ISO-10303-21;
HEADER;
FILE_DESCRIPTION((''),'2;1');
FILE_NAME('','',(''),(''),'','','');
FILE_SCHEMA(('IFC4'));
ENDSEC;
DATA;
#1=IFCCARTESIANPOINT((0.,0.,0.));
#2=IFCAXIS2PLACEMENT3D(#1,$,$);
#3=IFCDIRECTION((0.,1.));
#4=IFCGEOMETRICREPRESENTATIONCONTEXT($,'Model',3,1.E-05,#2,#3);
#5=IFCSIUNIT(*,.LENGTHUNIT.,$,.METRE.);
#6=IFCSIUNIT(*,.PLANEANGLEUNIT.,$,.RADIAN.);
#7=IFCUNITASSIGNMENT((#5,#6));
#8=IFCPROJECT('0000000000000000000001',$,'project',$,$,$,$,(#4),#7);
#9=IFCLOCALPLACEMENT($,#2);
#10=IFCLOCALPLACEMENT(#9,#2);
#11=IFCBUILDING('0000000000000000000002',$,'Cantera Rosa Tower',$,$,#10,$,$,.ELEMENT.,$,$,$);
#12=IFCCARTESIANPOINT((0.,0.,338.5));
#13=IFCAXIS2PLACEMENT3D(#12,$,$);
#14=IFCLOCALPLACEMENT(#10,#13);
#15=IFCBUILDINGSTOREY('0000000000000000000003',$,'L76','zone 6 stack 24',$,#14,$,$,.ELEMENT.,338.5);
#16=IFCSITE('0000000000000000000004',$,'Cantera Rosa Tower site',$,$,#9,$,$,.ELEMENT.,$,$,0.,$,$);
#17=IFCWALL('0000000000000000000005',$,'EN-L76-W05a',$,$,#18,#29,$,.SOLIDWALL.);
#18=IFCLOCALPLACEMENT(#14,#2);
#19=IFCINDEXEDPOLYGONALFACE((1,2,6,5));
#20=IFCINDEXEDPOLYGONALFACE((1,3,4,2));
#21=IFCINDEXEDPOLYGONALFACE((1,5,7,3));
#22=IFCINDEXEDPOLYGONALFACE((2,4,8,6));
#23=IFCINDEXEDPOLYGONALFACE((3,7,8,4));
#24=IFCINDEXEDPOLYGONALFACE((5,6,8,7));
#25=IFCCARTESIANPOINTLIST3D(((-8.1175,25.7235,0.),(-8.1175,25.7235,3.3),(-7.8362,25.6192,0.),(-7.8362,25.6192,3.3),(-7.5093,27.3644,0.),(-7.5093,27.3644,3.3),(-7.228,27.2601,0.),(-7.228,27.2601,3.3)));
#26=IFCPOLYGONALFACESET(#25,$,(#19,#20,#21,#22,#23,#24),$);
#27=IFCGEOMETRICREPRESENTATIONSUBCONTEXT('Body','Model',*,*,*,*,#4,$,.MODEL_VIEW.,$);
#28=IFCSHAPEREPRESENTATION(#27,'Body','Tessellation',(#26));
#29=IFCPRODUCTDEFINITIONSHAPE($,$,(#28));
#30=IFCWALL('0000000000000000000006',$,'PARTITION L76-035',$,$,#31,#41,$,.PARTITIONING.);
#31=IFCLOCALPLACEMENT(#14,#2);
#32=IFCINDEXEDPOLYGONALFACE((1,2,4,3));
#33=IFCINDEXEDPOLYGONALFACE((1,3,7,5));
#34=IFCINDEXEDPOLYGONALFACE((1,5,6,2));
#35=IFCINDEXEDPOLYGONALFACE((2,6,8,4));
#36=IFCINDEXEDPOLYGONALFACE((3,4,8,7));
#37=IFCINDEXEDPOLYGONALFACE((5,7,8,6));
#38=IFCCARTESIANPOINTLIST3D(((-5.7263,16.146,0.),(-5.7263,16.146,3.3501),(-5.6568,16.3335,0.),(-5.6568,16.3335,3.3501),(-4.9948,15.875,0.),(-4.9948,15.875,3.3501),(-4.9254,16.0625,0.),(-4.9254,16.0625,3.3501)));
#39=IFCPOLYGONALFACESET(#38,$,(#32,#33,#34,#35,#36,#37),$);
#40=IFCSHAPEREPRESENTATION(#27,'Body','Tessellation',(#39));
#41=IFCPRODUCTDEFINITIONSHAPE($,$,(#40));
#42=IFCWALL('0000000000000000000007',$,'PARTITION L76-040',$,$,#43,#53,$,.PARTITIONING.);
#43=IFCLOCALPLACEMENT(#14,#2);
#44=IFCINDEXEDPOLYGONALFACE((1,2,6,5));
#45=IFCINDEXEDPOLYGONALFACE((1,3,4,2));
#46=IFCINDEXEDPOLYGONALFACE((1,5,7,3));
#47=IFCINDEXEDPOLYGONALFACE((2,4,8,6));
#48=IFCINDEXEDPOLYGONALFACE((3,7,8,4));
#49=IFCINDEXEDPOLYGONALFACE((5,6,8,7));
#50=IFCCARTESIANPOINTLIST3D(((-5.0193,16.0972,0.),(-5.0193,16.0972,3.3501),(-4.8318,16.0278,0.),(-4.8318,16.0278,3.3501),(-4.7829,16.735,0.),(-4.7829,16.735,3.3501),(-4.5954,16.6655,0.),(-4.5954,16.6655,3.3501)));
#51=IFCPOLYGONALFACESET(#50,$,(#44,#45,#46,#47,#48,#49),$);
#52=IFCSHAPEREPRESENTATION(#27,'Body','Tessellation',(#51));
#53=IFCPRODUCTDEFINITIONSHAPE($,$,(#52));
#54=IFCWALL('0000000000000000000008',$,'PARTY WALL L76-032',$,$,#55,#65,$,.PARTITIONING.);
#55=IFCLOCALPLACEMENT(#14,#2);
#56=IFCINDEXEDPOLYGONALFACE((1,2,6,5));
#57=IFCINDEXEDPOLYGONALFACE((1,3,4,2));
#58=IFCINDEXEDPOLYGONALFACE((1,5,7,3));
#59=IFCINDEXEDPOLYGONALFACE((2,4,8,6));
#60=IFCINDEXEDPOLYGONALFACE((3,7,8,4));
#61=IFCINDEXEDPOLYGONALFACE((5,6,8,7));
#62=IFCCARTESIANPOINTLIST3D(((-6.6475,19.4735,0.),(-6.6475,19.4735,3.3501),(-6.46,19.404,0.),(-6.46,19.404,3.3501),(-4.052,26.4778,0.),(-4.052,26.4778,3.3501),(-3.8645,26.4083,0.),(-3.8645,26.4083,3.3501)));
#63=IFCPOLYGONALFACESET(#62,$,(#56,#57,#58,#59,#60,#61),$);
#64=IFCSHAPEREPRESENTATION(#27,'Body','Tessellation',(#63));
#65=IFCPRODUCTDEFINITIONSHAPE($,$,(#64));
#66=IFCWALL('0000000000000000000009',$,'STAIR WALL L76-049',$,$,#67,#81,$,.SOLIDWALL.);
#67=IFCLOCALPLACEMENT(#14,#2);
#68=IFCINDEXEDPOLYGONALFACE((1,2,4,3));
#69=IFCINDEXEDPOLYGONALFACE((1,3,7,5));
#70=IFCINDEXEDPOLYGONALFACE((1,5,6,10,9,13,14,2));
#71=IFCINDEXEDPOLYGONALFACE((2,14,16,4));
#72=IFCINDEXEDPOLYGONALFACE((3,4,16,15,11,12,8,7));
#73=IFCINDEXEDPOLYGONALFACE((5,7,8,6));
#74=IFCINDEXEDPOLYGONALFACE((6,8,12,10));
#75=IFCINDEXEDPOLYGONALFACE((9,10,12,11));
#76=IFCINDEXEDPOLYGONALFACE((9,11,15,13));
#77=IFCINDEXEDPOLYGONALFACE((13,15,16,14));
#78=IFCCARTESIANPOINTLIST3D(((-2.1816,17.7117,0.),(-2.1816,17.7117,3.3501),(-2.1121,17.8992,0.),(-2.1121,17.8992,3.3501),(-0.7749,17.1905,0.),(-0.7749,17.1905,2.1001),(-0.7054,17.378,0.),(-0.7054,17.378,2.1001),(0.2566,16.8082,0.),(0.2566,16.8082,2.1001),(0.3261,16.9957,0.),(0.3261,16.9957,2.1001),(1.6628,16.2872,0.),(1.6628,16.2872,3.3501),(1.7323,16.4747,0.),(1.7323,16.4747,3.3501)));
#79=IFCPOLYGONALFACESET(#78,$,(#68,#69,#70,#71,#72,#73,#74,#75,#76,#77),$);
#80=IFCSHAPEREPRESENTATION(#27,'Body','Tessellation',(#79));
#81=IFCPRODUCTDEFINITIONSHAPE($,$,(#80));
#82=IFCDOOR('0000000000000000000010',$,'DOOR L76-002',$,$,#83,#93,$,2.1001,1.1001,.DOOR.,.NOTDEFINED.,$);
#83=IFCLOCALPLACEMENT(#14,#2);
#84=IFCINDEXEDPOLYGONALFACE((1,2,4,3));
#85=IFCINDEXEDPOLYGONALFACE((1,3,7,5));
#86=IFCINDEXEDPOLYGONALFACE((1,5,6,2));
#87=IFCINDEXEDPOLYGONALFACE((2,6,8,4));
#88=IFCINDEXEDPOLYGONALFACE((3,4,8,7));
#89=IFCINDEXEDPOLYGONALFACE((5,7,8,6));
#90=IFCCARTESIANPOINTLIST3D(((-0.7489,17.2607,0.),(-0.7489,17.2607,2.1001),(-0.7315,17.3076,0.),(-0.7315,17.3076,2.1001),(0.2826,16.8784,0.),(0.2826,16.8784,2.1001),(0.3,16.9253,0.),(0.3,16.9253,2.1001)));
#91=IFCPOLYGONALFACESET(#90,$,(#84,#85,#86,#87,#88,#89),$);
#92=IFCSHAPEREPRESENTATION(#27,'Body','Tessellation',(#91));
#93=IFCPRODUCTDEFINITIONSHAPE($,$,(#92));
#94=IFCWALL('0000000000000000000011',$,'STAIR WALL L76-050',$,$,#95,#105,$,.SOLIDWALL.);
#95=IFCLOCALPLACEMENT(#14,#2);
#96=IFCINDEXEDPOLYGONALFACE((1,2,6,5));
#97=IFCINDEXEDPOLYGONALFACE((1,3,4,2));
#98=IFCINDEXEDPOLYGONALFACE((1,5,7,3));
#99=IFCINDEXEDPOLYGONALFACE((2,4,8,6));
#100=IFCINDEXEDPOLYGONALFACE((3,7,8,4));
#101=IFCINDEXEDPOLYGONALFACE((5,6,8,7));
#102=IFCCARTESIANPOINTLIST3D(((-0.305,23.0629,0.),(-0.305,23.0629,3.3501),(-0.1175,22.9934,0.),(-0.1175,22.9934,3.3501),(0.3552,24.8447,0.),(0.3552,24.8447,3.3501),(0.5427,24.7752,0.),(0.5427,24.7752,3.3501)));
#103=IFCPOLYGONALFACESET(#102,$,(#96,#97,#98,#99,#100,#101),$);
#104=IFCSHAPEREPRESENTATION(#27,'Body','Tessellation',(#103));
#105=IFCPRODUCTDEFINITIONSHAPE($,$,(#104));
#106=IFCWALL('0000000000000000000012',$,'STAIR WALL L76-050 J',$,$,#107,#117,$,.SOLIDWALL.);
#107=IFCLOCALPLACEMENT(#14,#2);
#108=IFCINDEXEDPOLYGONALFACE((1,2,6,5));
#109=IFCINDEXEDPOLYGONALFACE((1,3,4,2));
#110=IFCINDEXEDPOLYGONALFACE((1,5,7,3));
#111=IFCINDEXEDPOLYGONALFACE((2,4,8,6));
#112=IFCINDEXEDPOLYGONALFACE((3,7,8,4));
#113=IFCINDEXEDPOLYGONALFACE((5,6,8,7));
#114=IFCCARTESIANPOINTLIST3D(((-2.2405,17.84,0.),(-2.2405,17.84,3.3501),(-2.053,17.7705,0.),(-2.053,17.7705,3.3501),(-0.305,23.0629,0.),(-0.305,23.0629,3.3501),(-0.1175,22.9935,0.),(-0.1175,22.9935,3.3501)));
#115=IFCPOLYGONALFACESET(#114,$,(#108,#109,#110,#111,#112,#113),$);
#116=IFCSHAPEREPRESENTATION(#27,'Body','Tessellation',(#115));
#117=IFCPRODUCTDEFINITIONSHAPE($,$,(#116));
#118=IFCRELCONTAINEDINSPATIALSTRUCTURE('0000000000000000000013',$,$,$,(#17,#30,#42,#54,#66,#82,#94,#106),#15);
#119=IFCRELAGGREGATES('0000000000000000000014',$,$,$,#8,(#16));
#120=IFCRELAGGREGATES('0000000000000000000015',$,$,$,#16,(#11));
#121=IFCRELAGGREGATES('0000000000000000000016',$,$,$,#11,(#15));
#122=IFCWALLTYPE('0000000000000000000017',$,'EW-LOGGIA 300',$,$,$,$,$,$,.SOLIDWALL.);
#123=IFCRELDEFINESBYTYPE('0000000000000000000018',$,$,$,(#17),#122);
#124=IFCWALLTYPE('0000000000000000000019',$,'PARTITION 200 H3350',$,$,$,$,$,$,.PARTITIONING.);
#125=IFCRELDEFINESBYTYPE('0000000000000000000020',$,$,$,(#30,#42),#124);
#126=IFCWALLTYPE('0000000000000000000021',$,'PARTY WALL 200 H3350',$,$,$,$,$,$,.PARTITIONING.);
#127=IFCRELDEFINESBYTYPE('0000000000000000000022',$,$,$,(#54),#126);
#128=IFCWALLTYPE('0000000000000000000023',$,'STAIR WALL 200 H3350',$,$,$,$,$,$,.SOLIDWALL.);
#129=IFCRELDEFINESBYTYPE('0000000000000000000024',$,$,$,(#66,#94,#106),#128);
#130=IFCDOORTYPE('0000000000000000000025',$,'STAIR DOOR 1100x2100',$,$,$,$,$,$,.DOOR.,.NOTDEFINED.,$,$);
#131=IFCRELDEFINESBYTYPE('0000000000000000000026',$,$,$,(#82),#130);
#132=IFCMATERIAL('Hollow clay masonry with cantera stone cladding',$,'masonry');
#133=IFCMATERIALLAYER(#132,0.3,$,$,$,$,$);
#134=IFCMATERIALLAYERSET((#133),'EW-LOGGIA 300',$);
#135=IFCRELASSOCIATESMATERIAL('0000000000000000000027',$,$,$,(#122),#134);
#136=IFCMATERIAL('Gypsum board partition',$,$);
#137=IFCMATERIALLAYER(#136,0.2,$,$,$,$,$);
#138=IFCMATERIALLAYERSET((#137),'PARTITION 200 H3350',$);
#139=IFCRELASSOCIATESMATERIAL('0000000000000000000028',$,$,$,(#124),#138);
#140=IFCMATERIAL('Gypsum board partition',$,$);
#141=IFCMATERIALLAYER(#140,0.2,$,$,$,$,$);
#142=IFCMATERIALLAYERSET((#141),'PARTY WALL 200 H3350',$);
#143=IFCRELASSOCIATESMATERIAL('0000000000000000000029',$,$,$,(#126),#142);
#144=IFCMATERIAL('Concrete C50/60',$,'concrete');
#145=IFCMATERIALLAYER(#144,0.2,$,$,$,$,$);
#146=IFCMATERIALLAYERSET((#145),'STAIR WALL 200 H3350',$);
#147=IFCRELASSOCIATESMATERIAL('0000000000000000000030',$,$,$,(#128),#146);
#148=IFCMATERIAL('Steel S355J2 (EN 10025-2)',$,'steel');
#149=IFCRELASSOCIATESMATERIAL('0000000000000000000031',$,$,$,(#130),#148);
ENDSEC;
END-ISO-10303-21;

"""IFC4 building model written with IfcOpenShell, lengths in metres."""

from ifc_helpers import new_model, si_unit, direction, frame, frame_2d, origin, place, context, subcontext, project, spatial, rectangle, extrude, material, layer, layer_set, type_object, element, fill, save


model = new_model("IFC4")

# Units and contexts
model_context = context("Model", 3, precision=1e-05, world=origin(), true_north=direction((0.0, 1.0)))
body_context = subcontext(model_context, "Body", "Model", "MODEL_VIEW")
ifc_project = project(units=[si_unit("LENGTHUNIT", "METRE"), si_unit("PLANEANGLEUNIT", "RADIAN")], contexts=[model_context])

# Site, building, storey
site_placement = place(None, origin())
site = spatial("IfcSite", under=ifc_project, at=site_placement, Name="Cantera Rosa Tower site", CompositionType="ELEMENT", RefElevation=0.0)
building_placement = place(site_placement, origin())
building = spatial("IfcBuilding", under=site, at=building_placement, Name="Cantera Rosa Tower", CompositionType="ELEMENT")
storey_placement = place(building_placement, frame((0.0, 0.0, 338.5)))
storey = spatial("IfcBuildingStorey", under=building, at=storey_placement, Name="L76", Description="zone 6 stack 24", CompositionType="ELEMENT", Elevation=338.5)

# Wall
ifc_material_1 = material(Name="Hollow clay masonry with cantera stone cladding", Category="masonry")
ifc_layer_1 = layer(ifc_material_1, 0.3)
ifc_layer_set_1 = layer_set([ifc_layer_1], Name="EW-LOGGIA 300")
wall_type_1 = type_object("IfcWallType", Name="EW-LOGGIA 300", PredefinedType="SOLIDWALL", material=ifc_layer_set_1)
wall_1_placement = place(storey_placement, frame((-7.3687, 27.3123, 0.0), z_axis=(0.0, 0.0, 1.0), x_axis=(-0.347528, -0.93767, 0.0)))
element("IfcWall", 1, at=wall_1_placement, inside=storey, type_object=wall_type_1, Name="EN-L76-W05a", PredefinedType="SOLIDWALL", context=body_context, shape_type="SweptSolid", body=[
    extrude(rectangle(XDim=1.75, YDim=0.3, at=frame_2d((0.875, 0.0))), origin(), (0.0, 0.0, 1.0), 3.3),
])

# Walls
ifc_material_2 = material(Name="Gypsum board partition")
ifc_layer_2 = layer(ifc_material_2, 0.2)
ifc_layer_set_2 = layer_set([ifc_layer_2], Name="PARTITION 200 H3350")
wall_type_2 = type_object("IfcWallType", Name="PARTITION 200 H3350", PredefinedType="PARTITIONING", material=ifc_layer_set_2)
wall_2_placement = place(storey_placement, frame((-5.6917, 16.2397, 0.0), z_axis=(0.0, 0.0, 1.0), x_axis=(0.937711, -0.347416, 0.0)))
element("IfcWall", 2, at=wall_2_placement, inside=storey, type_object=wall_type_2, Name="PARTITION L76-035", PredefinedType="PARTITIONING", context=body_context, shape_type="SweptSolid", body=[
    extrude(rectangle(XDim=0.78, YDim=0.2, at=frame_2d((0.3901, 0.0))), origin(), (0.0, 0.0, 1.0), 3.3501),
])
wall_3_placement = place(storey_placement, frame((-4.9255, 16.0625, 0.0), z_axis=(0.0, 0.0, 1.0), x_axis=(0.347501, 0.937679, 0.0)))
element("IfcWall", 3, at=wall_3_placement, inside=storey, type_object=wall_type_2, Name="PARTITION L76-040", PredefinedType="PARTITIONING", context=body_context, shape_type="SweptSolid", body=[
    extrude(rectangle(XDim=0.6802, YDim=0.2, at=frame_2d((0.3401, 0.0))), origin(), (0.0, 0.0, 1.0), 3.3501),
])
ifc_material_3 = material(Name="Gypsum board partition")
ifc_layer_3 = layer(ifc_material_3, 0.2)
ifc_layer_set_3 = layer_set([ifc_layer_3], Name="PARTY WALL 200 H3350")
wall_type_3 = type_object("IfcWallType", Name="PARTY WALL 200 H3350", PredefinedType="PARTITIONING", material=ifc_layer_set_3)
wall_4_placement = place(storey_placement, frame((-6.5537, 19.4387, 0.0), z_axis=(0.0, 0.0, 1.0), x_axis=(0.34746, 0.937695, 0.0)))
element("IfcWall", 4, at=wall_4_placement, inside=storey, type_object=wall_type_3, Name="PARTY WALL L76-032", PredefinedType="PARTITIONING", context=body_context, shape_type="SweptSolid", body=[
    extrude(rectangle(XDim=7.4697, YDim=0.2, at=frame_2d((3.7349, 0.0))), origin(), (0.0, 0.0, 1.0), 3.3501),
])

# Wall, opening, door
ifc_material_4 = material(Name="Concrete C50/60", Category="concrete")
ifc_layer_4 = layer(ifc_material_4, 0.2)
ifc_layer_set_4 = layer_set([ifc_layer_4], Name="STAIR WALL 200 H3350")
wall_type_4 = type_object("IfcWallType", Name="STAIR WALL 200 H3350", PredefinedType="SOLIDWALL", material=ifc_layer_set_4)
wall_5_placement = place(storey_placement, frame((-2.1467, 17.8054, 0.0), z_axis=(0.0, 0.0, 1.0), x_axis=(0.937695, -0.34746, 0.0)))
wall_5 = element("IfcWall", 5, at=wall_5_placement, inside=storey, type_object=wall_type_4, Name="STAIR WALL L76-049", PredefinedType="SOLIDWALL", context=body_context, shape_type="SweptSolid", body=[
    extrude(rectangle(XDim=4.0999, YDim=0.2, at=frame_2d((2.0498, 0.0))), origin(), (0.0, 0.0, 1.0), 3.3501),
])
opening_1_placement = place(wall_5_placement, frame((1.5, 0.0, 0.0)))
opening_1 = element("IfcOpeningElement", 6, at=opening_1_placement, cuts=wall_5, PredefinedType="OPENING", context=body_context, shape_type="SweptSolid", body=[
    extrude(rectangle(XDim=1.1001, YDim=2.1001, at=frame_2d((0.55, 1.05))), frame((0.0, 0.1099, 0.0), z_axis=(0.0, -1.0, 0.0), x_axis=(1.0, 0.0, 0.0)), (0.0, 0.0, 1.0), 0.22),
])
ifc_material_5 = material(Name="Steel S355J2 (EN 10025-2)", Category="steel")
door_type_1 = type_object("IfcDoorType", Name="STAIR DOOR 1100x2100", OperationType="NOTDEFINED", PredefinedType="DOOR", material=ifc_material_5)
door_1_placement = place(opening_1_placement, origin())
door_1 = element("IfcDoor", 7, at=door_1_placement, inside=storey, type_object=door_type_1, Name="DOOR L76-002", OperationType="NOTDEFINED", OverallHeight=2.1001, OverallWidth=1.1001, PredefinedType="DOOR", context=body_context, shape_type="SweptSolid", body=[
    extrude(rectangle(XDim=1.1001, YDim=2.1001, at=frame_2d((0.55, 1.05))), frame((0.0, 0.0249, 0.0), z_axis=(0.0, -1.0, 0.0), x_axis=(1.0, 0.0, 0.0)), (0.0, 0.0, 1.0), 0.05),
])
fill(opening_1, door_1)

# Walls
wall_6_placement = place(storey_placement, frame((0.449, 24.8101, 0.0), z_axis=(0.0, 0.0, 1.0), x_axis=(-0.347432, -0.937705, 0.0)))
element("IfcWall", 8, at=wall_6_placement, inside=storey, type_object=wall_type_4, Name="STAIR WALL L76-050", PredefinedType="SOLIDWALL", context=body_context, shape_type="SweptSolid", body=[
    extrude(rectangle(XDim=1.9001, YDim=0.2, at=frame_2d((0.9502, 0.0))), origin(), (0.0, 0.0, 1.0), 3.3501),
])
wall_7_placement = place(storey_placement, frame((-0.2112, 23.0283, 0.0), z_axis=(0.0, 0.0, 1.0), x_axis=(-0.347494, -0.937682, 0.0)))
element("IfcWall", 9, at=wall_7_placement, inside=storey, type_object=wall_type_4, Name="STAIR WALL L76-050 J", PredefinedType="SOLIDWALL", context=body_context, shape_type="SweptSolid", body=[
    extrude(rectangle(XDim=5.5701, YDim=0.2, at=frame_2d((2.7852, 0.0))), origin(), (0.0, 0.0, 1.0), 3.3501),
])

save(model, "model.ifc")
